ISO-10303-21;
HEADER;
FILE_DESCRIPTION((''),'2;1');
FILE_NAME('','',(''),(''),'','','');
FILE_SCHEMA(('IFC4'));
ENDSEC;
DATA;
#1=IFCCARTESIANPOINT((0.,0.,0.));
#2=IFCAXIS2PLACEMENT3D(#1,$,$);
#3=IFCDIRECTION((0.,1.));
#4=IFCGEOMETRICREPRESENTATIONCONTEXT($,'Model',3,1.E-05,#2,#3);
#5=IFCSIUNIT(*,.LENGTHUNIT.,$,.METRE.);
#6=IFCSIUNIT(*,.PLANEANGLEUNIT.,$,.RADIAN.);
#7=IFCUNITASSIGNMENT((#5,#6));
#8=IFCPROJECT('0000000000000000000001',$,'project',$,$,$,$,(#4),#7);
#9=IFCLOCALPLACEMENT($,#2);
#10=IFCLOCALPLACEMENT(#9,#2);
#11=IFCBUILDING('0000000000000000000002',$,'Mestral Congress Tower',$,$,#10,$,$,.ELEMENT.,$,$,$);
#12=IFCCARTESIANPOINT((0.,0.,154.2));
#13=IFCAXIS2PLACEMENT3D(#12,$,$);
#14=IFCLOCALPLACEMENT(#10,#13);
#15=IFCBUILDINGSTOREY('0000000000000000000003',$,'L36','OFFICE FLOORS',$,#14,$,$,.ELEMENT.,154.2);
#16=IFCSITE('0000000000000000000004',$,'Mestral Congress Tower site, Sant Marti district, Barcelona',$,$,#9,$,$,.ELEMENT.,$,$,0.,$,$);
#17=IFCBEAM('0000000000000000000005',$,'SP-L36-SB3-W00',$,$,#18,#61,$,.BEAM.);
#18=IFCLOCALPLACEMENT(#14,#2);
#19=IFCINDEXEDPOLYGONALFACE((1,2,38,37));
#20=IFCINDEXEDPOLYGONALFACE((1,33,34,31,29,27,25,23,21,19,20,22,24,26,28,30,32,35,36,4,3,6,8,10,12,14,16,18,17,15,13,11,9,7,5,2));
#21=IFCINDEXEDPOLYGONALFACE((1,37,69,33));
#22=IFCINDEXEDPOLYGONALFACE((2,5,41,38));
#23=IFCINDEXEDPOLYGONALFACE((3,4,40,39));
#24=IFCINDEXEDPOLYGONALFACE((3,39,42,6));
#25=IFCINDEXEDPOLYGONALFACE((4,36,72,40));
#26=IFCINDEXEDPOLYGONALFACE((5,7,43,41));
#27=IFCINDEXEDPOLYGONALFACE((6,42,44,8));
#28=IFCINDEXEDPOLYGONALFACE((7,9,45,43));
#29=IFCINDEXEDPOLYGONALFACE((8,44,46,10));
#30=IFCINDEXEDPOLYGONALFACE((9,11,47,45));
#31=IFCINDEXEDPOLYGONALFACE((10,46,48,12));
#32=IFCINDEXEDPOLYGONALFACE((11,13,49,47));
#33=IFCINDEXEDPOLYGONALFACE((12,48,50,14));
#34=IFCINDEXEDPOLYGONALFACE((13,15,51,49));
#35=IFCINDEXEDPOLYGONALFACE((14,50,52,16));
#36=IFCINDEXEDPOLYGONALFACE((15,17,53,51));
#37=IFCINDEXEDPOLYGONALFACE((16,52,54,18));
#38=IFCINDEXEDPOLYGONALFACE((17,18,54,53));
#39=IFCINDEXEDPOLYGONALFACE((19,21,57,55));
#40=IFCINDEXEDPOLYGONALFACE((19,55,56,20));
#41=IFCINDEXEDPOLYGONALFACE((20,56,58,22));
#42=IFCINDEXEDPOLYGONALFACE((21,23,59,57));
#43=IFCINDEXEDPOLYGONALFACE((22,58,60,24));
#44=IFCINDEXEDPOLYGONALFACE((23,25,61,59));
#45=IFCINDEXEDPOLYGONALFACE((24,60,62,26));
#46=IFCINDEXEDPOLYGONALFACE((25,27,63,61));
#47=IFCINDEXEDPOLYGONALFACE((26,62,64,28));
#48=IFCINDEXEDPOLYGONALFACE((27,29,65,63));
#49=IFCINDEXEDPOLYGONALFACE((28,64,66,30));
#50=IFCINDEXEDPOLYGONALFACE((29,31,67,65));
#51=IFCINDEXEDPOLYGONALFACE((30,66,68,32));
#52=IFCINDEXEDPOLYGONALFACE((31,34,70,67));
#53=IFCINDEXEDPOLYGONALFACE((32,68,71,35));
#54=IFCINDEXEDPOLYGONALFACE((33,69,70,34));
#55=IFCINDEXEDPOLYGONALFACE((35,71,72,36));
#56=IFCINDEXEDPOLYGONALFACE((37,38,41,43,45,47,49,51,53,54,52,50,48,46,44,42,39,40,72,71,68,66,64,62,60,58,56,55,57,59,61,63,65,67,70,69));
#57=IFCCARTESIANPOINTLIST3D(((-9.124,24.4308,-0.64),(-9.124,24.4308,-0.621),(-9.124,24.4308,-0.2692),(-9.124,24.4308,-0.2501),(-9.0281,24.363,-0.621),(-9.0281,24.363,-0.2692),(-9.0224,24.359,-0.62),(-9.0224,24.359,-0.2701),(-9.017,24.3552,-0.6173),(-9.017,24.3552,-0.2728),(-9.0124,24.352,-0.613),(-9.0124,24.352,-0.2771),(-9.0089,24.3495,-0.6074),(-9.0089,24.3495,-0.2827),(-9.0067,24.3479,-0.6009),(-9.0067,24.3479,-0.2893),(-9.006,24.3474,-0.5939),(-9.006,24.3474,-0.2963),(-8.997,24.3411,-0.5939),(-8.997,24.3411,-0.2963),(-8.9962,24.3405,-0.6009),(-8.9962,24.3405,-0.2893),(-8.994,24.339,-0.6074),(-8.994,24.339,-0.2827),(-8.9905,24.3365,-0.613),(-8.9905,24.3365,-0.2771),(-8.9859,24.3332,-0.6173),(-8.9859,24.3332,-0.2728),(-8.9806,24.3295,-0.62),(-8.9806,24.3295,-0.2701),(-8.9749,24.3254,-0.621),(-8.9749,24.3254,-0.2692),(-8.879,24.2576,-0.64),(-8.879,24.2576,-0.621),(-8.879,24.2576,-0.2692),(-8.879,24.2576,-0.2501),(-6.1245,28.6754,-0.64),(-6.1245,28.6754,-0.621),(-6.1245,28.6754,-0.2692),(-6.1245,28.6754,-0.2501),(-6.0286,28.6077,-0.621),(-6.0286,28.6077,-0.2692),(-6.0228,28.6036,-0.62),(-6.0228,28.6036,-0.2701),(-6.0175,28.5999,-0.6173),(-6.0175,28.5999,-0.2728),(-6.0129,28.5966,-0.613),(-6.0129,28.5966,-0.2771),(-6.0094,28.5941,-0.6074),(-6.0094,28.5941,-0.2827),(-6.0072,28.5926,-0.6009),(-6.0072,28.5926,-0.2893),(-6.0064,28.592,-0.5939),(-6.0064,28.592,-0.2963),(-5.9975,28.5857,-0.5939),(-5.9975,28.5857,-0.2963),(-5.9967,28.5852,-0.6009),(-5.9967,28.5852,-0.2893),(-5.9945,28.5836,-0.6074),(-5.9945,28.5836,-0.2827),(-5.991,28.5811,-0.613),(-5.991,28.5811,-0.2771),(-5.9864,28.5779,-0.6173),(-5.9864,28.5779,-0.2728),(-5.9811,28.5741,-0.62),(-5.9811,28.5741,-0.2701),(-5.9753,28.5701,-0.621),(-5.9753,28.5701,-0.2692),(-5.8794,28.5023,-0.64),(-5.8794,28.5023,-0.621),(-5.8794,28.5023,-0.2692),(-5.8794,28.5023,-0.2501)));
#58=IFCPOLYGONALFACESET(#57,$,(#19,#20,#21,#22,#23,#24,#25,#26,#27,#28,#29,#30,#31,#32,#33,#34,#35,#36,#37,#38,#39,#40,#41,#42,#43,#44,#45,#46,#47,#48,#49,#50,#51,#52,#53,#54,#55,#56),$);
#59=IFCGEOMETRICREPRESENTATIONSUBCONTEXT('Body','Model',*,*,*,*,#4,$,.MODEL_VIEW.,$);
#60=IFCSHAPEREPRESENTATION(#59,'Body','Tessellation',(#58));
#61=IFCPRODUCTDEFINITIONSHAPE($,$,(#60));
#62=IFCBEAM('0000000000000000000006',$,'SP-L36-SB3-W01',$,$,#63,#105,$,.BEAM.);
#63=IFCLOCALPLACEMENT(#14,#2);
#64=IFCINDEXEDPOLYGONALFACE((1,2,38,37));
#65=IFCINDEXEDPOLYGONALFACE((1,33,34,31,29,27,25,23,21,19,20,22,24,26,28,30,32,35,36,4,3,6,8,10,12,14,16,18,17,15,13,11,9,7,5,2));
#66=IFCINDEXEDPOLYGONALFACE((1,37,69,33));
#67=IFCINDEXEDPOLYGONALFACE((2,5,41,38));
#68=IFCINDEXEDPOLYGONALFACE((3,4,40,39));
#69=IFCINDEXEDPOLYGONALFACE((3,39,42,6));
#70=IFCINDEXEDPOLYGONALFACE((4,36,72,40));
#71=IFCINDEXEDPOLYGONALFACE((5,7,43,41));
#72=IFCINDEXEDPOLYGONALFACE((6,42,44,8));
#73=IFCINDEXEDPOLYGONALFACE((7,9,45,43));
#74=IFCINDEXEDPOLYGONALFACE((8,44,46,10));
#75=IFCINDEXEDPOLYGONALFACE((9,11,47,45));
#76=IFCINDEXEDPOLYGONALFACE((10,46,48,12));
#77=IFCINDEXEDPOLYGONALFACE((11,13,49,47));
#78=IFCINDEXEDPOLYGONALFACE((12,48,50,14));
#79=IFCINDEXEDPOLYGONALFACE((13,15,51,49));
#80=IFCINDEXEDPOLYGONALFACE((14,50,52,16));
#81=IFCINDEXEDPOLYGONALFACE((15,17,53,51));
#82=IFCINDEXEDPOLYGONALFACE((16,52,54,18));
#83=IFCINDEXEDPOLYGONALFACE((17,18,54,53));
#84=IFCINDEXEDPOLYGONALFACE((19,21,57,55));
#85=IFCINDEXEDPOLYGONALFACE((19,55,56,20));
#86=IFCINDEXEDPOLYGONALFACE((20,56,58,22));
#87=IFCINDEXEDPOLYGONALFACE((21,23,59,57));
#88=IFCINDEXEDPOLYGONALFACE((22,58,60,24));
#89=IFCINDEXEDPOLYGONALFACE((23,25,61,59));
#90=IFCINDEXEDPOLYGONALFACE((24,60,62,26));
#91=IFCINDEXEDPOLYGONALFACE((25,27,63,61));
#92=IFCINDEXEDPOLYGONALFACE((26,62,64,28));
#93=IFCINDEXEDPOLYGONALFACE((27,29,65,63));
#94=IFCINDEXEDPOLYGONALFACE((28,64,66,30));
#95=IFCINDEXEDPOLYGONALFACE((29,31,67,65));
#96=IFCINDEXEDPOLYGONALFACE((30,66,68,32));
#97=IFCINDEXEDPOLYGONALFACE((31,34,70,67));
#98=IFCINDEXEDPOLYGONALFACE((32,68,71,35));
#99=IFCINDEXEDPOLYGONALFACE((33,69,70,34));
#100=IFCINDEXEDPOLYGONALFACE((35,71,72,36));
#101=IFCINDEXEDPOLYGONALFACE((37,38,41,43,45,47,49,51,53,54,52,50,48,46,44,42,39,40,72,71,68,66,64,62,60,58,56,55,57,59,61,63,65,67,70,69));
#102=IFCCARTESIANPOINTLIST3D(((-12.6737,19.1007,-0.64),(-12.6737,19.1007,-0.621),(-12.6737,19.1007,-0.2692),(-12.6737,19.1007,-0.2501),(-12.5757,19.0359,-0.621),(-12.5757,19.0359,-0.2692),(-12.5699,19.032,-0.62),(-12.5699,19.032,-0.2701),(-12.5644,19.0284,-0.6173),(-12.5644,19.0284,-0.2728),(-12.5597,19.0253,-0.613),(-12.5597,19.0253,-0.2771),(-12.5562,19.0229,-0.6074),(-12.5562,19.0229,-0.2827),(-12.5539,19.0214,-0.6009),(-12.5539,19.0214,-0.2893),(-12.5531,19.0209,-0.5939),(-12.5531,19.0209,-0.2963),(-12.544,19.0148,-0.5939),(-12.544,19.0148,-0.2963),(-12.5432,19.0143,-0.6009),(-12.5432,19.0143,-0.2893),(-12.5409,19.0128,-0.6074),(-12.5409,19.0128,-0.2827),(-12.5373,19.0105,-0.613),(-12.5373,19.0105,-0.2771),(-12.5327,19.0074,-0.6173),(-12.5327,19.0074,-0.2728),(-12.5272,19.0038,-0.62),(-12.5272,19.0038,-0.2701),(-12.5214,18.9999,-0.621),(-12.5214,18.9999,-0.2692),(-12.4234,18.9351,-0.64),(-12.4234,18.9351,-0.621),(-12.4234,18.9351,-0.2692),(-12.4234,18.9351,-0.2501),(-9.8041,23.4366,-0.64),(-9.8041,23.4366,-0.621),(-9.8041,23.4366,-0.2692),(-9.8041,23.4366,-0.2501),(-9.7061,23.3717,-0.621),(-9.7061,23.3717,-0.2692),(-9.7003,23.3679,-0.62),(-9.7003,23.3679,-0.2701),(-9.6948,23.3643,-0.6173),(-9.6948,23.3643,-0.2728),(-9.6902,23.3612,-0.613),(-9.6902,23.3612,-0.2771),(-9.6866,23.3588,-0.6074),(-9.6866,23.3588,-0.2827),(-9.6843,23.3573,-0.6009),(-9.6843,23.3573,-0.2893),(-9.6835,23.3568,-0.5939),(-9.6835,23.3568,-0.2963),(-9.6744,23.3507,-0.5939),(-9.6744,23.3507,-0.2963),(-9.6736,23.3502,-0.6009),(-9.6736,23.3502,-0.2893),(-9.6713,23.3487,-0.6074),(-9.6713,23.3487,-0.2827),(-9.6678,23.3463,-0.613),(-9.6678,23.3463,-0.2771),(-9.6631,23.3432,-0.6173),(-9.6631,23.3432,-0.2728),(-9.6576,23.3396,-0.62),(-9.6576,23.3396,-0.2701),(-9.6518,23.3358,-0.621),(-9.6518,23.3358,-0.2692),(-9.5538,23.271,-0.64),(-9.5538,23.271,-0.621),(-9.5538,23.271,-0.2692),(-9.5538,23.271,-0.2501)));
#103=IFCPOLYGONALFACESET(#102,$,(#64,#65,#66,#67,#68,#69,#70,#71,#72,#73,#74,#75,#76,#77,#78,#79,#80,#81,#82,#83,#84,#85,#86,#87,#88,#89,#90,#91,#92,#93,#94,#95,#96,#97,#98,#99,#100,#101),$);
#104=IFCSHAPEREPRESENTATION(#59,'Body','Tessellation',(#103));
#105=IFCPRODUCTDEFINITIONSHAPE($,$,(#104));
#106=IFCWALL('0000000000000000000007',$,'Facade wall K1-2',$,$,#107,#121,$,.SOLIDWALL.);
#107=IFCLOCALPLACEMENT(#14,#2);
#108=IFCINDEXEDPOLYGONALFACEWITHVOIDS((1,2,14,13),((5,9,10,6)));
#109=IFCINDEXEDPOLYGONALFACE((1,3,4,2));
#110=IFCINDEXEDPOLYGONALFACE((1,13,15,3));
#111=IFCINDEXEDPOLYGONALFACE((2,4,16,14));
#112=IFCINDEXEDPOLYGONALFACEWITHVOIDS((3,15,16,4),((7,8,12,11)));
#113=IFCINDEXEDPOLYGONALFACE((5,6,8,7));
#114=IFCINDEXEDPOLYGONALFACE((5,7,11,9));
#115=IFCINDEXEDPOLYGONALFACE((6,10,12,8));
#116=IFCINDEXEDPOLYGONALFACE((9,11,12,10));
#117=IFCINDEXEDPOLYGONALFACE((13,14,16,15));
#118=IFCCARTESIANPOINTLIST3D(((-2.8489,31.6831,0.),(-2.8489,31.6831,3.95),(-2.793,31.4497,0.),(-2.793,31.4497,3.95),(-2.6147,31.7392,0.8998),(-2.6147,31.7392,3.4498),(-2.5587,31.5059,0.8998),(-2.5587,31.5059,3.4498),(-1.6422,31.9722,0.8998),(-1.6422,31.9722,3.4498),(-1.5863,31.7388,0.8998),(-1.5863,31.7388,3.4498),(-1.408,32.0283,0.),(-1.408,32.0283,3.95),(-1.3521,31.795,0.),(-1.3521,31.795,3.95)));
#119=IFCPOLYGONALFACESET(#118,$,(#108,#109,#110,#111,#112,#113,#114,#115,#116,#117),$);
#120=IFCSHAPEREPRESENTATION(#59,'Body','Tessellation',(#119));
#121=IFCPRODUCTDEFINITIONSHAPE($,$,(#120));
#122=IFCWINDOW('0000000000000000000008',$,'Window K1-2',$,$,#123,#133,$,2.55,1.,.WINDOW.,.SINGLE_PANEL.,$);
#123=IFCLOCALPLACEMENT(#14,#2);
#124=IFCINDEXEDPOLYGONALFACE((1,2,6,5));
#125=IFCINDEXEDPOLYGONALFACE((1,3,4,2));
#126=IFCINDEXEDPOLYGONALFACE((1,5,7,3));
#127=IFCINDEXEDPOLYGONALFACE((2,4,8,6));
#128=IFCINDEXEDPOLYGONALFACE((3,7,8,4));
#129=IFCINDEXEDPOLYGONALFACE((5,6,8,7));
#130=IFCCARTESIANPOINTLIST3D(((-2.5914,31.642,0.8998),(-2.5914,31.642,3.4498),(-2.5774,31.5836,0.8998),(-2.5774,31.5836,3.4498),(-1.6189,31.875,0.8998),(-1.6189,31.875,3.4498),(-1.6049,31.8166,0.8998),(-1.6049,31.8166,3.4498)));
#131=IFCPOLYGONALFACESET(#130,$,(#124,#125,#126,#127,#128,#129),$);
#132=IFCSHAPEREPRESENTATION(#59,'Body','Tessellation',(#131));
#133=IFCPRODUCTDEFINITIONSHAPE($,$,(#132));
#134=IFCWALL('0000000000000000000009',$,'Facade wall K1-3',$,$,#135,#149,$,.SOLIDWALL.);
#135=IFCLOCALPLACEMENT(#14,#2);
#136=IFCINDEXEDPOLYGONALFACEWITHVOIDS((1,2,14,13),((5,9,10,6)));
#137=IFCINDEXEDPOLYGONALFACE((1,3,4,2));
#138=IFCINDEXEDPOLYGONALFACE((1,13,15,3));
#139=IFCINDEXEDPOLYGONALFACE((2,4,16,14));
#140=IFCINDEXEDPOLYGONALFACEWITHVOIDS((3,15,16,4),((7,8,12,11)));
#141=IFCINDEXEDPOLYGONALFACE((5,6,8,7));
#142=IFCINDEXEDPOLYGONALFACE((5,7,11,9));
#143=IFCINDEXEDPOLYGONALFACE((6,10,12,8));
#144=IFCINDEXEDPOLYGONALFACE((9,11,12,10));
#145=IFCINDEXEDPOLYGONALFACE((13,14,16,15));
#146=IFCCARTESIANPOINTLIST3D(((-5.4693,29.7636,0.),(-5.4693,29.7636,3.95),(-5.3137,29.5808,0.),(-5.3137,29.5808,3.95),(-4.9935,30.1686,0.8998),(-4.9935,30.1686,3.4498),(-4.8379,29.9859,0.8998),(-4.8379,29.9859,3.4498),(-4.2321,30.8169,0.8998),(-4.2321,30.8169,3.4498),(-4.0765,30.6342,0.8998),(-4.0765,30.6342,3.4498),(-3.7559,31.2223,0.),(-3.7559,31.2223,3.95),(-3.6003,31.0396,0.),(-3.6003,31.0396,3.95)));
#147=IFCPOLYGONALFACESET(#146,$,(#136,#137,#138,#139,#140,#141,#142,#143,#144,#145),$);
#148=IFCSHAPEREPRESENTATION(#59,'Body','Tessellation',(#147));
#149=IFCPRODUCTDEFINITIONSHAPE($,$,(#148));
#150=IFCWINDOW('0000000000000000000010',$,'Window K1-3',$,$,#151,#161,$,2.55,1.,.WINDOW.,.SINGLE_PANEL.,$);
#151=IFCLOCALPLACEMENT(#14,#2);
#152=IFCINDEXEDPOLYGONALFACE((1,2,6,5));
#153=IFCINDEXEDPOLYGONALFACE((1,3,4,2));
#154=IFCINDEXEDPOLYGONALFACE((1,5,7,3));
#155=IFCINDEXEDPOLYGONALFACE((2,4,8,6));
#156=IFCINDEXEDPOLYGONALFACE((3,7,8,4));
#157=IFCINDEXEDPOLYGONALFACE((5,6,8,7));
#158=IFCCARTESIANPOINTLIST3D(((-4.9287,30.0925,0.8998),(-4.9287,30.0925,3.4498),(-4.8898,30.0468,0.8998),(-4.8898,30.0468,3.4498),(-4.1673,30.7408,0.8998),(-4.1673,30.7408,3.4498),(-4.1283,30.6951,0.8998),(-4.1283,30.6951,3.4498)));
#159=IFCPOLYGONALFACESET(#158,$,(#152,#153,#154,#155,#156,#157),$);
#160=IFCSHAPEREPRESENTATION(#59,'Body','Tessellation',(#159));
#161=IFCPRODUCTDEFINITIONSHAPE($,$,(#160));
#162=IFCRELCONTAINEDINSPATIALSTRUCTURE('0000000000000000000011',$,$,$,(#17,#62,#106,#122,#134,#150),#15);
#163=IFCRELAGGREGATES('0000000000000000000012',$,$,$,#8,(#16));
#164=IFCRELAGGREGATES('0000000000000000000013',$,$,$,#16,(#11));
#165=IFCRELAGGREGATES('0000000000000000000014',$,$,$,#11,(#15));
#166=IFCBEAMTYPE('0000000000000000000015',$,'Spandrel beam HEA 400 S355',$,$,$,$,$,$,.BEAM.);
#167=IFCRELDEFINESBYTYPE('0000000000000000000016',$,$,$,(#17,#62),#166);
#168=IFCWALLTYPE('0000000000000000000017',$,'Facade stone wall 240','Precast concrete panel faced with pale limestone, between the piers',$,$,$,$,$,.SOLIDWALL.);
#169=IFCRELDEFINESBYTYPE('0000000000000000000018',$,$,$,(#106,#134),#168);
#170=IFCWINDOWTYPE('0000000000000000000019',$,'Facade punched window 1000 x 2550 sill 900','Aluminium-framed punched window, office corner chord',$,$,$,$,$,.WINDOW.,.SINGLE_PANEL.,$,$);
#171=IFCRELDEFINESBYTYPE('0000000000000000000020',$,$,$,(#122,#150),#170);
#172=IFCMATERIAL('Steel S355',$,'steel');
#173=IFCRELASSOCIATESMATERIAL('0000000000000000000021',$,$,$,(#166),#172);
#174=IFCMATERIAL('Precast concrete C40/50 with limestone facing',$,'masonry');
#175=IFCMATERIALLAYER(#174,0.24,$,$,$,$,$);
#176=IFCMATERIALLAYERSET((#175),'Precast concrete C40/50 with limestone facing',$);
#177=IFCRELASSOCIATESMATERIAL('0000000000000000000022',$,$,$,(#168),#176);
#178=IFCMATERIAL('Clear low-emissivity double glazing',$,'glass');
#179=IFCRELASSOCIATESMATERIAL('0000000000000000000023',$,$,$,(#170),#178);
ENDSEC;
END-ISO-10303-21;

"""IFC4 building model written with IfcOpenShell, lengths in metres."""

from ifc_helpers import new_model, si_unit, direction, frame, frame_2d, origin, origin_2d, place, context, subcontext, project, spatial, rectangle, i_section, extrude, material, layer, layer_set, material_profile, profile_set, type_object, element, fill, save


model = new_model("IFC4")

# Units and contexts
model_context = context("Model", 3, precision=1e-05, world=origin(), true_north=direction((0.0, 1.0)))
body_context = subcontext(model_context, "Body", "Model", "MODEL_VIEW")
ifc_project = project(units=[si_unit("LENGTHUNIT", "METRE"), si_unit("PLANEANGLEUNIT", "RADIAN")], contexts=[model_context])

# Site, building, storey
site_placement = place(None, origin())
site = spatial("IfcSite", under=ifc_project, at=site_placement, Name="Mestral Congress Tower site, Sant Marti district, Barcelona", CompositionType="ELEMENT", RefElevation=0.0)
building_placement = place(site_placement, origin())
building = spatial("IfcBuilding", under=site, at=building_placement, Name="Mestral Congress Tower", CompositionType="ELEMENT")
storey_placement = place(building_placement, frame((0.0, 0.0, 154.2)))
storey = spatial("IfcBuildingStorey", under=building, at=storey_placement, Name="L36", Description="OFFICE FLOORS", CompositionType="ELEMENT", Elevation=154.2)

# Beams
ifc_material_1 = material(Name="Steel S355", Category="steel")
ifc_material_profile_1 = material_profile(ifc_material_1, i_section(OverallWidth=0.3, OverallDepth=0.3899, WebThickness=0.011, FlangeThickness=0.019, FilletRadius=0.0271, at=origin_2d()), Name="HEA 400")
ifc_profile_set_1 = profile_set([ifc_material_profile_1], Name="Steel S355")
beam_type_1 = type_object("IfcBeamType", Name="Spandrel beam HEA 400 S355", PredefinedType="BEAM", material=ifc_profile_set_1)
beam_1_placement = place(storey_placement, frame((-6.002, 28.5889, -0.4451), z_axis=(-0.577107, -0.816668, 0.0), x_axis=(0.816668, -0.577107, 0.0)))
element("IfcBeam", 1, at=beam_1_placement, inside=storey, type_object=beam_type_1, Name="SP-L36-SB3-W00", PredefinedType="BEAM", context=body_context, shape_type="SweptSolid", body=[
    extrude(i_section(OverallWidth=0.3, OverallDepth=0.3899, WebThickness=0.011, FlangeThickness=0.019, FilletRadius=0.0271, at=origin_2d()), origin(), (0.0, 0.0, 1.0), 5.1975),
])
beam_2_placement = place(storey_placement, frame((-9.679, 23.3538, -0.4451), z_axis=(-0.551901, -0.833909, 0.0), x_axis=(0.833909, -0.551901, 0.0)))
element("IfcBeam", 2, at=beam_2_placement, inside=storey, type_object=beam_type_1, Name="SP-L36-SB3-W01", PredefinedType="BEAM", context=body_context, shape_type="SweptSolid", body=[
    extrude(i_section(OverallWidth=0.3, OverallDepth=0.3899, WebThickness=0.011, FlangeThickness=0.019, FilletRadius=0.0271, at=origin_2d()), origin(), (0.0, 0.0, 1.0), 5.1995),
])

# Walls, openings, windows
ifc_material_2 = material(Name="Precast concrete C40/50 with limestone facing", Category="masonry")
ifc_layer_1 = layer(ifc_material_2, 0.24)
ifc_layer_set_1 = layer_set([ifc_layer_1], Name="Precast concrete C40/50 with limestone facing")
wall_type_1 = type_object("IfcWallType", Name="Facade stone wall 240", Description="Precast concrete panel faced with pale limestone, between the piers", PredefinedType="SOLIDWALL", material=ifc_layer_set_1)
wall_1_placement = place(storey_placement, frame((-1.3801, 31.9116, 0.0), z_axis=(0.0, 0.0, 1.0), x_axis=(-0.97248, -0.232987, 0.0)))
wall_1 = element("IfcWall", 3, at=wall_1_placement, inside=storey, type_object=wall_type_1, Name="Facade wall K1-2", PredefinedType="SOLIDWALL", context=body_context, shape_type="SweptSolid", body=[
    extrude(rectangle(XDim=1.4817, YDim=0.24, at=frame_2d((0.7407, 0.0))), origin(), (0.0, 0.0, 1.0), 3.95),
])
opening_1_placement = place(wall_1_placement, frame((0.2407, 0.0, 0.8999)))
opening_1 = element("IfcOpeningElement", 4, at=opening_1_placement, cuts=wall_1, PredefinedType="OPENING", context=body_context, shape_type="SweptSolid", body=[
    extrude(rectangle(XDim=1.0, YDim=2.55, at=frame_2d((0.5, 1.2749))), frame((0.0, 0.1299, 0.0), z_axis=(0.0, -1.0, 0.0), x_axis=(1.0, 0.0, 0.0)), (0.0, 0.0, 1.0), 0.26),
])
ifc_material_3 = material(Name="Clear low-emissivity double glazing", Category="glass")
window_type_1 = type_object("IfcWindowType", Name="Facade punched window 1000 x 2550 sill 900", Description="Aluminium-framed punched window, office corner chord", PartitioningType="SINGLE_PANEL", PredefinedType="WINDOW", material=ifc_material_3)
window_1_placement = place(opening_1_placement, origin())
window_1 = element("IfcWindow", 5, at=window_1_placement, inside=storey, type_object=window_type_1, Name="Window K1-2", OverallHeight=2.55, OverallWidth=1.0, PartitioningType="SINGLE_PANEL", PredefinedType="WINDOW", context=body_context, shape_type="SweptSolid", body=[
    extrude(rectangle(XDim=1.0, YDim=2.55, at=frame_2d((0.5, 1.2749))), frame((0.0, 0.04, 0.0), z_axis=(0.0, -1.0, 0.0), x_axis=(1.0, 0.0, 0.0)), (0.0, 0.0, 1.0), 0.0601),
])
fill(opening_1, window_1)
wall_2_placement = place(storey_placement, frame((-3.6782, 31.1309, 0.0), z_axis=(0.0, 0.0, 1.0), x_axis=(-0.76142, -0.648259, 0.0)))
wall_2 = element("IfcWall", 6, at=wall_2_placement, inside=storey, type_object=wall_type_1, Name="Facade wall K1-3", PredefinedType="SOLIDWALL", context=body_context, shape_type="SweptSolid", body=[
    extrude(rectangle(XDim=2.2502, YDim=0.24, at=frame_2d((1.125, 0.0))), origin(), (0.0, 0.0, 1.0), 3.95),
])
opening_2_placement = place(wall_2_placement, frame((0.6252, 0.0, 0.8999)))
opening_2 = element("IfcOpeningElement", 7, at=opening_2_placement, cuts=wall_2, PredefinedType="OPENING", context=body_context, shape_type="SweptSolid", body=[
    extrude(rectangle(XDim=1.0, YDim=2.55, at=frame_2d((0.5, 1.2749))), frame((0.0, 0.1299, 0.0), z_axis=(0.0, -1.0, 0.0), x_axis=(1.0, 0.0, 0.0)), (0.0, 0.0, 1.0), 0.26),
])
window_2_placement = place(opening_2_placement, origin())
window_2 = element("IfcWindow", 8, at=window_2_placement, inside=storey, type_object=window_type_1, Name="Window K1-3", OverallHeight=2.55, OverallWidth=1.0, PartitioningType="SINGLE_PANEL", PredefinedType="WINDOW", context=body_context, shape_type="SweptSolid", body=[
    extrude(rectangle(XDim=1.0, YDim=2.55, at=frame_2d((0.5, 1.2749))), frame((0.0, 0.04, 0.0), z_axis=(0.0, -1.0, 0.0), x_axis=(1.0, 0.0, 0.0)), (0.0, 0.0, 1.0), 0.0601),
])
fill(opening_2, window_2)

save(model, "model.ifc")
